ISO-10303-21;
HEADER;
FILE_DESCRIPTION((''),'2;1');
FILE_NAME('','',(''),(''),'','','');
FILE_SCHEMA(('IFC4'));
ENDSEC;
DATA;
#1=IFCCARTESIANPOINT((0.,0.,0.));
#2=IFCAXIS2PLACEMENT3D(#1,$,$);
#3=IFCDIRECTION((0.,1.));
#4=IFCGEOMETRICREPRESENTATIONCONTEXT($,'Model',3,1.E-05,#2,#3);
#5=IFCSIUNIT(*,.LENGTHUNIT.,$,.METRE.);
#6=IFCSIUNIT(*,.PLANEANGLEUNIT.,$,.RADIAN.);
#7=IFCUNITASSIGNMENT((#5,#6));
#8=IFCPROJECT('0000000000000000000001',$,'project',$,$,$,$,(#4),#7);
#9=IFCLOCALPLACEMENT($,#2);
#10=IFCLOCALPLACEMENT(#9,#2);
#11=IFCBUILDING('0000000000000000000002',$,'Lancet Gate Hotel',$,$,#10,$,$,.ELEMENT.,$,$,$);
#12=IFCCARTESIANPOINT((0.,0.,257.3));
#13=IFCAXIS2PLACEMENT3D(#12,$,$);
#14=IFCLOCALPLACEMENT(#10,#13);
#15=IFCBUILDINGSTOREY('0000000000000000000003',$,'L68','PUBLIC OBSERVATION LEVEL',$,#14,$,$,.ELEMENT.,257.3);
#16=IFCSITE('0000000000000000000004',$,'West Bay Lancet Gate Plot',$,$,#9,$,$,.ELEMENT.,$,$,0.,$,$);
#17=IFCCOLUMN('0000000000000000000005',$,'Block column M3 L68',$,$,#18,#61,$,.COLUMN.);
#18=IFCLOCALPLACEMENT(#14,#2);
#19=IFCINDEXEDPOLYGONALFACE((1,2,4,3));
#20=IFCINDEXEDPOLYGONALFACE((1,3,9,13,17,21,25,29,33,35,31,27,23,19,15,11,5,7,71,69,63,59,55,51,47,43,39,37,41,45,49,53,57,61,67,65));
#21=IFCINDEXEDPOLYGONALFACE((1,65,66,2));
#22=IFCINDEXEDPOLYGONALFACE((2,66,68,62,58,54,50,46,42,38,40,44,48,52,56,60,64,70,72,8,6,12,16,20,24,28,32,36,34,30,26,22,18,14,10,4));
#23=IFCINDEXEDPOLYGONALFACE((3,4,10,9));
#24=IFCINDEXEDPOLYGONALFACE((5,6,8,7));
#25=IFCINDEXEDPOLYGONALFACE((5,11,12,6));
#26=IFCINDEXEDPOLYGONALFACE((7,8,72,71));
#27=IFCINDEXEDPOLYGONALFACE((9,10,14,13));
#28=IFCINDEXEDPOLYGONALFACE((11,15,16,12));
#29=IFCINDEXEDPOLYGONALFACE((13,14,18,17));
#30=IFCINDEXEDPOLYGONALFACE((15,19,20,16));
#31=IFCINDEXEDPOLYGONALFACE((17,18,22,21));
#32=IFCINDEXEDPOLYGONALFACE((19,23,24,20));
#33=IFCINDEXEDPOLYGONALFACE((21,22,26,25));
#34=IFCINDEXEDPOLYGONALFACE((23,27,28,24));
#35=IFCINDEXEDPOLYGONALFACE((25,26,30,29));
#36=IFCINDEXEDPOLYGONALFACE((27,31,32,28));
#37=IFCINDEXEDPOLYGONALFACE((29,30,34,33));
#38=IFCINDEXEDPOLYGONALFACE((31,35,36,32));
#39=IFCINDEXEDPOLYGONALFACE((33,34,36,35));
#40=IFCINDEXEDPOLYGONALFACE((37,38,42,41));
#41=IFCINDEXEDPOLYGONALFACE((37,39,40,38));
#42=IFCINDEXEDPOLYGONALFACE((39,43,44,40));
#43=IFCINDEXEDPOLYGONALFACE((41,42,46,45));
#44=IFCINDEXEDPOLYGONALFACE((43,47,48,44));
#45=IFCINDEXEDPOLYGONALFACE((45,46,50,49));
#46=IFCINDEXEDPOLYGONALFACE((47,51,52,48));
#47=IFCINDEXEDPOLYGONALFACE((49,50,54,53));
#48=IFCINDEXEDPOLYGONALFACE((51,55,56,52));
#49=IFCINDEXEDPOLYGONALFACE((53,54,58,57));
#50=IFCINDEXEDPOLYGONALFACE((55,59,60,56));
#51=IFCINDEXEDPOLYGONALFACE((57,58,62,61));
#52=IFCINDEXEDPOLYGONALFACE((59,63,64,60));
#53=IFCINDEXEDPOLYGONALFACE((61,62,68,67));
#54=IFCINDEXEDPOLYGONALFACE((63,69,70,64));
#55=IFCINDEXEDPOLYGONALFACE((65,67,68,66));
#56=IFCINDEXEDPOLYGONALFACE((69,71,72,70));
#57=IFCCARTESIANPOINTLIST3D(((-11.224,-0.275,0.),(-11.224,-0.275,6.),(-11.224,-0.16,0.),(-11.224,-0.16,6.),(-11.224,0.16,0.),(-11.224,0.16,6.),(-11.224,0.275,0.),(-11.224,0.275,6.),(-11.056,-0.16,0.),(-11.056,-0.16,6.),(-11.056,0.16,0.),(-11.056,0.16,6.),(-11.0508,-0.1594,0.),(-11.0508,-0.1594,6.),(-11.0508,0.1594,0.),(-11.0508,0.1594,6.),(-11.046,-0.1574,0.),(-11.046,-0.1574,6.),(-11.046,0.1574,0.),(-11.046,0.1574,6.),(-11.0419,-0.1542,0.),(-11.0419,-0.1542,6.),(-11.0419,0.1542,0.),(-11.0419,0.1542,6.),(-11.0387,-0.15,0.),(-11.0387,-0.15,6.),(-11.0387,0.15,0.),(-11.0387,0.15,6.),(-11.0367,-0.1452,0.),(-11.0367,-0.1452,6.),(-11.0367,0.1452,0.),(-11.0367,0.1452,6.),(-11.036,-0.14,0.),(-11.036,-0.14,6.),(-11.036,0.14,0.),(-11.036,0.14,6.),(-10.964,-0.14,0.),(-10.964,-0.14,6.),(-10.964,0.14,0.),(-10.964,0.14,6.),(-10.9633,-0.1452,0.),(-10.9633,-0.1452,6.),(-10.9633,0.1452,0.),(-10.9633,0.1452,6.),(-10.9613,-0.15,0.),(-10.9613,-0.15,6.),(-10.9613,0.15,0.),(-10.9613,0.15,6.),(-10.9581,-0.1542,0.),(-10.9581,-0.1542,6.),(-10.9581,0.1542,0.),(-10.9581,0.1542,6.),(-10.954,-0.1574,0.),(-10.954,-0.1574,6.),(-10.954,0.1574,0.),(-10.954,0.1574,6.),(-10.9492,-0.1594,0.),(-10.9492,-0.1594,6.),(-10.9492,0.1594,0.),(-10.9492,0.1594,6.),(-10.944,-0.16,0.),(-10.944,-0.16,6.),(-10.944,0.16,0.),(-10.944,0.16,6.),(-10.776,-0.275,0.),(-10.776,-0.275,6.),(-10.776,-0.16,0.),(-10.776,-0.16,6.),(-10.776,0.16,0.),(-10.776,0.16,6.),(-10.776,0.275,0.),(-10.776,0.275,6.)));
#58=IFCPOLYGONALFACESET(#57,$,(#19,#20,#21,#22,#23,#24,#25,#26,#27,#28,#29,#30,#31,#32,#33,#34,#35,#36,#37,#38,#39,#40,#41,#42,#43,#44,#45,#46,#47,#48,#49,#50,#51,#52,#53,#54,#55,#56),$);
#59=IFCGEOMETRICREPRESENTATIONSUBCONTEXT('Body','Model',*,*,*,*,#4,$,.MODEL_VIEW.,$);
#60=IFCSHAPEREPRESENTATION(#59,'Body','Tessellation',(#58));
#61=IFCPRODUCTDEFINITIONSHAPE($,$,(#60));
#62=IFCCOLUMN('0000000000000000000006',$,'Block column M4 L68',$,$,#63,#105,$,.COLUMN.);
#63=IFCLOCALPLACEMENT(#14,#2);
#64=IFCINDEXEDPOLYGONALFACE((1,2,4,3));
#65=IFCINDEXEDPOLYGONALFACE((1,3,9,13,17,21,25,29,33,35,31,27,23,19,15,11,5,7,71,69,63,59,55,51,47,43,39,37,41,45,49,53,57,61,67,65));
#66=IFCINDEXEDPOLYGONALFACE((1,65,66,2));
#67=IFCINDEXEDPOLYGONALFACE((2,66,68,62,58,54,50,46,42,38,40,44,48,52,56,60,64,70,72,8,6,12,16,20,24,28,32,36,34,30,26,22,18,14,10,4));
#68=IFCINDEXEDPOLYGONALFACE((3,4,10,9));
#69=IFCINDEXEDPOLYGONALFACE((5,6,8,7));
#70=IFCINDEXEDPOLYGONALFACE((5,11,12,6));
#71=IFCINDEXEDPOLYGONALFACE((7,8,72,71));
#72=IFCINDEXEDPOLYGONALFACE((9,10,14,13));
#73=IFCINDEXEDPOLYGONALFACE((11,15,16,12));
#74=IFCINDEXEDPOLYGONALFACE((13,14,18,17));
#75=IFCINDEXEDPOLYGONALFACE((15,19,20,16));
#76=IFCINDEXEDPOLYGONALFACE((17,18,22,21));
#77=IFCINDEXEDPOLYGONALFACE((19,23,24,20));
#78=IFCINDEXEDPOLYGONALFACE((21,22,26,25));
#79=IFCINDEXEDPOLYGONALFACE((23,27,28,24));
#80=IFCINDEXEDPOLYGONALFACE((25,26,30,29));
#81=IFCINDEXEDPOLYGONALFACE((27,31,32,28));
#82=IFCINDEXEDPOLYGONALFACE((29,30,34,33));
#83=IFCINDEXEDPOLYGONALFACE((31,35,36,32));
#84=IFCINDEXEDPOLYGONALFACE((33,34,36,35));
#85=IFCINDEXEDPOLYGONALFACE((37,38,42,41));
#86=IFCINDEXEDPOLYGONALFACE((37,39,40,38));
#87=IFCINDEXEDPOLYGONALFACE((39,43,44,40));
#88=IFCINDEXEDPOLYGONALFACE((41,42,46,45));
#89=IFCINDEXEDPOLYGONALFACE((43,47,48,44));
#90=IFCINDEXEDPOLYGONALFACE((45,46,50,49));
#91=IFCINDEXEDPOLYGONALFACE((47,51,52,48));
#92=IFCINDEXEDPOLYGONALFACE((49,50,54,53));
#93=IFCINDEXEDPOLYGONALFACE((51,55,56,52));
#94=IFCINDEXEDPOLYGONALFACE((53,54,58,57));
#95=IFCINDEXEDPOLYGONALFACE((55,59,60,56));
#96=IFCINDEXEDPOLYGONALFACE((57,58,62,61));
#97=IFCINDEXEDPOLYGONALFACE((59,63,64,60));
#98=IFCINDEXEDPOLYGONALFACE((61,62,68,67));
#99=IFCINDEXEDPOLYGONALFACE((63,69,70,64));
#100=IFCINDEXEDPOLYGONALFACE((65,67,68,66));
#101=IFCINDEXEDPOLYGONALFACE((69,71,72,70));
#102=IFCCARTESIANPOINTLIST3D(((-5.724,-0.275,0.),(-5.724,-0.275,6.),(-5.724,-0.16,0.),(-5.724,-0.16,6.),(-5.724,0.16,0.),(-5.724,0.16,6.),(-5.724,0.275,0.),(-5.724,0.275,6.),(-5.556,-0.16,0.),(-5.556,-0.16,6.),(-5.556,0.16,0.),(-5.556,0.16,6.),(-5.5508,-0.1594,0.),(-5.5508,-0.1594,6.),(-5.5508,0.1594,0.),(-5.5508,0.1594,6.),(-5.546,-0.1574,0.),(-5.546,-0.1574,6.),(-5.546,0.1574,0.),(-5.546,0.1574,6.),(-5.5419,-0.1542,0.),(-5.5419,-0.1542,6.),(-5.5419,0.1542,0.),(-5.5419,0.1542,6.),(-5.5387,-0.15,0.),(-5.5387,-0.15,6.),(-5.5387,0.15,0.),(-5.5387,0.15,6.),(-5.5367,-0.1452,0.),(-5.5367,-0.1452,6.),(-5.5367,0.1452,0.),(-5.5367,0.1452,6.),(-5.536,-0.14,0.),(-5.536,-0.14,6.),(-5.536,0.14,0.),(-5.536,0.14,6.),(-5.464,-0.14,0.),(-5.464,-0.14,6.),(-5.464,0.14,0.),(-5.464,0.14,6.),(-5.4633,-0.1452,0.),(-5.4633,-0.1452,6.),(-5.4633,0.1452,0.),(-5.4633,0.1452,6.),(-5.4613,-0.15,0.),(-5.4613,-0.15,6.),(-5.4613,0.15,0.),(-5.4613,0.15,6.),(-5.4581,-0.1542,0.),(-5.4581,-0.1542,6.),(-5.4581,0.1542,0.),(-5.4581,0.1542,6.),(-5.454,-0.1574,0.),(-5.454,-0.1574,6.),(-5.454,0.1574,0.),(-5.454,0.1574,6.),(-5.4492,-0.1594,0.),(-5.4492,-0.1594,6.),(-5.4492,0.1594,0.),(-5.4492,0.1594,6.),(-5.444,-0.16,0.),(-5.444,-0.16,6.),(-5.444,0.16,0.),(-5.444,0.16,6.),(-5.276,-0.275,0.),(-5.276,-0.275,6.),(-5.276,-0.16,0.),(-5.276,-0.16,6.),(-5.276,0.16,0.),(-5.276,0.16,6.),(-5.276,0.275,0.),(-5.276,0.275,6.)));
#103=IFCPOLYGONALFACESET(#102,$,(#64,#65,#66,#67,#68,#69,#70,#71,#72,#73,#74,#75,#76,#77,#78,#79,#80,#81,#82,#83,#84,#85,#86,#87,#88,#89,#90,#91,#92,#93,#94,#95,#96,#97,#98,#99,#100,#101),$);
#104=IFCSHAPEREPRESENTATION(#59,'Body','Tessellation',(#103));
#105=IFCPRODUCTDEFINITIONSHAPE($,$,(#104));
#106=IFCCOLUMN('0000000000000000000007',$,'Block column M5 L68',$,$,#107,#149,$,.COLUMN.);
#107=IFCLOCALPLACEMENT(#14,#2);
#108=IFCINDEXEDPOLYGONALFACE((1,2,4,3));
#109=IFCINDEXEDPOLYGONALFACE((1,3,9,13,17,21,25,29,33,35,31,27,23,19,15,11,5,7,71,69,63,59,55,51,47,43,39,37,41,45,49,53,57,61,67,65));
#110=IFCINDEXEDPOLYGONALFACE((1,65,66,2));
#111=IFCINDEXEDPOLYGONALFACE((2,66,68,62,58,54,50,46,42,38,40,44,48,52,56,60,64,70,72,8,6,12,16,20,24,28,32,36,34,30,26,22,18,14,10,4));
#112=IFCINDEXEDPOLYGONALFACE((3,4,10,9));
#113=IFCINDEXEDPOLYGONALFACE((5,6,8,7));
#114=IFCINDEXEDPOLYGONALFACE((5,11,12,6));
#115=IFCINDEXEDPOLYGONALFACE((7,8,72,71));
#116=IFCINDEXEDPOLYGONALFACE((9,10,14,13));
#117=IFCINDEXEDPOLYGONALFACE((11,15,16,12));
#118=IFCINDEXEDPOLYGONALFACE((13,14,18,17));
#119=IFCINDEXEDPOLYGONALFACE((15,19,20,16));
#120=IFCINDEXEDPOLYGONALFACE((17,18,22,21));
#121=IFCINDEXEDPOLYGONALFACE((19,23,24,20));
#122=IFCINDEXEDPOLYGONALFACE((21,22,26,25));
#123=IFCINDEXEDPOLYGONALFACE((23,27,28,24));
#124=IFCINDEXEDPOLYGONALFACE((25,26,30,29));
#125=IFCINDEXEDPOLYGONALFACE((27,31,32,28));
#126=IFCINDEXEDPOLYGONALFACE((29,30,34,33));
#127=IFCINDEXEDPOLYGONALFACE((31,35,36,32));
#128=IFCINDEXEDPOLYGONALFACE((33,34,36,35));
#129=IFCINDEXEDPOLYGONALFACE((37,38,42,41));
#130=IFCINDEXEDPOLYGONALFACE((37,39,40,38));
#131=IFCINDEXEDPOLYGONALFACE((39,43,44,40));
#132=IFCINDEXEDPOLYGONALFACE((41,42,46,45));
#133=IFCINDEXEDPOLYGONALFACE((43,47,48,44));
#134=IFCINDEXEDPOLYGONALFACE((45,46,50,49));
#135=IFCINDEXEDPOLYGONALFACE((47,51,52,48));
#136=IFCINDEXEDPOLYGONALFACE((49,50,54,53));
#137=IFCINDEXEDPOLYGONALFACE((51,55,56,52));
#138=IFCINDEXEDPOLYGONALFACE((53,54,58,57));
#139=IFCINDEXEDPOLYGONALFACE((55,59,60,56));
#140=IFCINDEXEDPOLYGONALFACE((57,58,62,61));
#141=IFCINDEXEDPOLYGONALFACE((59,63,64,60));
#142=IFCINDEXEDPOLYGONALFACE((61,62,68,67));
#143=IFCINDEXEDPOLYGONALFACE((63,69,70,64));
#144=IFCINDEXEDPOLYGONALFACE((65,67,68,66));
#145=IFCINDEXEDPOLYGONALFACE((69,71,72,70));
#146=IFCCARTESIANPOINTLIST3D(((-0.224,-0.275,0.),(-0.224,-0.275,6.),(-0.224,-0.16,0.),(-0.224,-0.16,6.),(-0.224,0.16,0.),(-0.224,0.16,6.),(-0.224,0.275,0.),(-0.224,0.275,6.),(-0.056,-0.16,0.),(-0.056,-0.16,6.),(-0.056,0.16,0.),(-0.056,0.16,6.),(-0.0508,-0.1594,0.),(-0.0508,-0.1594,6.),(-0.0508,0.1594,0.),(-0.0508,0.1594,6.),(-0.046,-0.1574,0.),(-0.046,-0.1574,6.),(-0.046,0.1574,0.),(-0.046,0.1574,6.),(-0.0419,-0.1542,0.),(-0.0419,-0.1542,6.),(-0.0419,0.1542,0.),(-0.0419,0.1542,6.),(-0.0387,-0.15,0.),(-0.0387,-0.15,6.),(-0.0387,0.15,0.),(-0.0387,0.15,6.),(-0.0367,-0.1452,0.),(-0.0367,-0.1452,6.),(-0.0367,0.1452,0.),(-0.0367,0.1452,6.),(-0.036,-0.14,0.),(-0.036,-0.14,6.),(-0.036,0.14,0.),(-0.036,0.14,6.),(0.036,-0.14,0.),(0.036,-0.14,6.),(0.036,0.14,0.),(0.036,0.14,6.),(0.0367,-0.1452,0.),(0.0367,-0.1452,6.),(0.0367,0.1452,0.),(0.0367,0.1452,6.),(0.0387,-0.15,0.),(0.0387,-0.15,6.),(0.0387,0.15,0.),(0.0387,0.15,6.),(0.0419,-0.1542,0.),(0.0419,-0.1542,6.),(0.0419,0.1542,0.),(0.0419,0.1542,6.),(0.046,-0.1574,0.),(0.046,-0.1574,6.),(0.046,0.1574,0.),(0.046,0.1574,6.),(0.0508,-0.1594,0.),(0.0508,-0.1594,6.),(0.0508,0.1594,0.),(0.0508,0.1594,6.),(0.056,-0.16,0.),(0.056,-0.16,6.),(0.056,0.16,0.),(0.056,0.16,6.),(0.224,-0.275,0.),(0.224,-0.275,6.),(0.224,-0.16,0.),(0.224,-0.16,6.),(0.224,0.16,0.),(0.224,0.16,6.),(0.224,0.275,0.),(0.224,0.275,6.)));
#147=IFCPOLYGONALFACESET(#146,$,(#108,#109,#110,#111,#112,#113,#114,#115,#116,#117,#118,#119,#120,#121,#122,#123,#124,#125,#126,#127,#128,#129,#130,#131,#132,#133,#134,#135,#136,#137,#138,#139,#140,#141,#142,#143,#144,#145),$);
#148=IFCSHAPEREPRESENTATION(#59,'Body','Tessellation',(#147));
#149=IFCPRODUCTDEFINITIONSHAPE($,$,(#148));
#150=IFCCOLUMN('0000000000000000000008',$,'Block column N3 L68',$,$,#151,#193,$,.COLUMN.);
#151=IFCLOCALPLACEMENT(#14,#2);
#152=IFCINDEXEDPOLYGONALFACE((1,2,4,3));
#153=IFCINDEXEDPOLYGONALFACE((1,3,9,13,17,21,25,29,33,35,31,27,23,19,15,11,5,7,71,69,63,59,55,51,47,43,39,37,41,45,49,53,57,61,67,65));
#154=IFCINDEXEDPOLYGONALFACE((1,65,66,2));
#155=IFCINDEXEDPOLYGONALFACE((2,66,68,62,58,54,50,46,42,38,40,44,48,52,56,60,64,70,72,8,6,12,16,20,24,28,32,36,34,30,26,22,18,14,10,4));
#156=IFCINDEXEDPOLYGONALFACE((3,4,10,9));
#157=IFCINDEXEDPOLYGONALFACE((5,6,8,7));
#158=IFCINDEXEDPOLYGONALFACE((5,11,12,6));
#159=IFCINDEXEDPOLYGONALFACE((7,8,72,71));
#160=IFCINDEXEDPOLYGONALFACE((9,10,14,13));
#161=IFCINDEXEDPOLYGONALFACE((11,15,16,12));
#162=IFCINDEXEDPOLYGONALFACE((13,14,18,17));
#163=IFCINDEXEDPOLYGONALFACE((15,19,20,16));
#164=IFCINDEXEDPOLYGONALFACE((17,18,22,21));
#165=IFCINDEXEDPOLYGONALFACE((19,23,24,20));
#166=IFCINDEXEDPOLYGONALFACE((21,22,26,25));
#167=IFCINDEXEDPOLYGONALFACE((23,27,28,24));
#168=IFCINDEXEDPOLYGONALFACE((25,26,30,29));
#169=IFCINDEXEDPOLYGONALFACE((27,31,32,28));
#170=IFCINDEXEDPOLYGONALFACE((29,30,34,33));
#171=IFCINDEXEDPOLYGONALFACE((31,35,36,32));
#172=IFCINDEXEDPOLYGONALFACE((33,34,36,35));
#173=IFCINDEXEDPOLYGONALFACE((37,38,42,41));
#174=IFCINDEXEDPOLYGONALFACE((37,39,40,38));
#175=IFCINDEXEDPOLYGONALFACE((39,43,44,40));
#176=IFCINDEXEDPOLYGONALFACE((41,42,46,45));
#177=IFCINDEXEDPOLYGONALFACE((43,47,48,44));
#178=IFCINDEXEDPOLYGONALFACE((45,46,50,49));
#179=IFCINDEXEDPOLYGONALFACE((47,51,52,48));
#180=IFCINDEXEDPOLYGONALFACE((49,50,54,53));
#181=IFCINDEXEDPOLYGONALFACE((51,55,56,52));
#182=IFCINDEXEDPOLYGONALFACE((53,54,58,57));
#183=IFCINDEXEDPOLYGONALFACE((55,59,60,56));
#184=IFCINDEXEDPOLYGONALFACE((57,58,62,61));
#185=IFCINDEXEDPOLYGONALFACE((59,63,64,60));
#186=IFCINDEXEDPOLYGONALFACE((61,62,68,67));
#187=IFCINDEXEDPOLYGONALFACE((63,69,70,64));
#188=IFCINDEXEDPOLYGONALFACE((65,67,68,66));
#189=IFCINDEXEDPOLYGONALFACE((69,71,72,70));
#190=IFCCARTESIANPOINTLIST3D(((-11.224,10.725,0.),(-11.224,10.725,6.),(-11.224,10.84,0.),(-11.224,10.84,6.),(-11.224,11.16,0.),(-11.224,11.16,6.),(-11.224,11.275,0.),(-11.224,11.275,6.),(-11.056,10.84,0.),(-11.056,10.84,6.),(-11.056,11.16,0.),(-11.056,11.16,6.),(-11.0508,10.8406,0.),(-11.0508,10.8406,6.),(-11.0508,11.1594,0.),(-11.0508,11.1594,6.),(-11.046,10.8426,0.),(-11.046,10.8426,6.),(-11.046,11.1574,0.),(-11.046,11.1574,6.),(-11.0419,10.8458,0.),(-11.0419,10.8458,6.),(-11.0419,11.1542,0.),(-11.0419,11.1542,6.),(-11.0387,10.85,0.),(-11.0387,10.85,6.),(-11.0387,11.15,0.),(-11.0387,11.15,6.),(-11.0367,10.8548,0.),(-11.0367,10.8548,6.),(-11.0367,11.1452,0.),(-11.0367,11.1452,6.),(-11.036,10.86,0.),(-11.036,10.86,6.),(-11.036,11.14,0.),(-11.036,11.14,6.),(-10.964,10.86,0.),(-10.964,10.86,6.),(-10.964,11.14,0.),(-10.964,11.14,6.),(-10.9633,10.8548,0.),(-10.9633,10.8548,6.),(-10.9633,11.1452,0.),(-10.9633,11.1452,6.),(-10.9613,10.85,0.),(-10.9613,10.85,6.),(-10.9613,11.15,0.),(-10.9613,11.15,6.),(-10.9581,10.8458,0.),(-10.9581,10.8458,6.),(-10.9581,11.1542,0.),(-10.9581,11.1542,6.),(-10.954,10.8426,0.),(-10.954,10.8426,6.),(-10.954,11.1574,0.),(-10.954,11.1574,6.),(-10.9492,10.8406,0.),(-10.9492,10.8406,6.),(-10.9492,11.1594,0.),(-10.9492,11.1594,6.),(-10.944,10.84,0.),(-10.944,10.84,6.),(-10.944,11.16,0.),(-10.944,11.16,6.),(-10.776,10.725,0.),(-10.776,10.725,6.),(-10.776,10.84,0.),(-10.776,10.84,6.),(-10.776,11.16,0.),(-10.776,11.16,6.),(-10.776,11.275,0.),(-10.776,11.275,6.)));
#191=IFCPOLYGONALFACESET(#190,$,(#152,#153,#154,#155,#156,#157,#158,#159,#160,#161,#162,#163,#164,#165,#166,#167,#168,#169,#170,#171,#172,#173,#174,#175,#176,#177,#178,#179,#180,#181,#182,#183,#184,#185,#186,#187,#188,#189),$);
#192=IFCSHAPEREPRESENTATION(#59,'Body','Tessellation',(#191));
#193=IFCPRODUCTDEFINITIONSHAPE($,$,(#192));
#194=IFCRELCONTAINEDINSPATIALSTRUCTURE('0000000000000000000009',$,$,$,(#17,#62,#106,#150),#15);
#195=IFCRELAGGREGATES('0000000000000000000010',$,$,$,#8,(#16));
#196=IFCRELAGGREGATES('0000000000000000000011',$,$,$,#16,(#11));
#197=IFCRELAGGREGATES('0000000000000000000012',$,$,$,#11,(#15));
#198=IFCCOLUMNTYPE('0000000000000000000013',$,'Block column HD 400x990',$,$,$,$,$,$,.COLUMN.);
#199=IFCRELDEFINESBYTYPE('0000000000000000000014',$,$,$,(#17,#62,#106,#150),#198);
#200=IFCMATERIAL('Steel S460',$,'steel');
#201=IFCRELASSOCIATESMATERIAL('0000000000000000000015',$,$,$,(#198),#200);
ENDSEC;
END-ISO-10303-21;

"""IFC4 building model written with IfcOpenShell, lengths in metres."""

from ifc_helpers import new_model, si_unit, direction, frame, origin, origin_2d, place, context, subcontext, project, spatial, i_section, extrude, material, material_profile, profile_set, type_object, element, save


model = new_model("IFC4")

# Units and contexts
model_context = context("Model", 3, precision=1e-05, world=origin(), true_north=direction((0.0, 1.0)))
body_context = subcontext(model_context, "Body", "Model", "MODEL_VIEW")
ifc_project = project(units=[si_unit("LENGTHUNIT", "METRE"), si_unit("PLANEANGLEUNIT", "RADIAN")], contexts=[model_context])

# Site, building, storey
site_placement = place(None, origin())
site = spatial("IfcSite", under=ifc_project, at=site_placement, Name="West Bay Lancet Gate Plot", CompositionType="ELEMENT", RefElevation=0.0)
building_placement = place(site_placement, origin())
building = spatial("IfcBuilding", under=site, at=building_placement, Name="Lancet Gate Hotel", CompositionType="ELEMENT")
storey_placement = place(building_placement, frame((0.0, 0.0, 257.3)))
storey = spatial("IfcBuildingStorey", under=building, at=storey_placement, Name="L68", Description="PUBLIC OBSERVATION LEVEL", CompositionType="ELEMENT", Elevation=257.3)

# Columns
ifc_material_1 = material(Name="Steel S460", Category="steel")
ifc_material_profile_1 = material_profile(ifc_material_1, i_section(OverallWidth=0.448, OverallDepth=0.55, WebThickness=0.072, FlangeThickness=0.115, FilletRadius=0.02, at=origin_2d()), Name="HD 400x990")
ifc_profile_set_1 = profile_set([ifc_material_profile_1], Name="Steel S460")
column_type = type_object("IfcColumnType", Name="Block column HD 400x990", PredefinedType="COLUMN", material=ifc_profile_set_1)
for number, where, z_axis, x_axis, name in (
    (1, (-11.0, 0.0, 0.0), (0.0, 0.0, 1.0), (1.0, 0.0, 0.0), "Block column M3 L68"),
    (2, (-5.5, 0.0, 0.0), (0.0, 0.0, 1.0), (1.0, 0.0, 0.0), "Block column M4 L68"),
    (3, (0.0, 0.0, 0.0), (0.0, 0.0, 1.0), (1.0, 0.0, 0.0), "Block column M5 L68"),
    (4, (-11.0, 11.0, 0.0), (0.0, 0.0, 1.0), (1.0, 0.0, 0.0), "Block column N3 L68"),
):
    element("IfcColumn", number, at=place(storey_placement, frame(where, z_axis=z_axis, x_axis=x_axis)), inside=storey, type_object=column_type, Name=name, PredefinedType="COLUMN", context=body_context, shape_type="SweptSolid", body=[
        extrude(i_section(OverallWidth=0.448, OverallDepth=0.55, WebThickness=0.072, FlangeThickness=0.115, FilletRadius=0.02, at=origin_2d()), origin(), (0.0, 0.0, 1.0), 6.0),
    ])

save(model, "model.ifc")
